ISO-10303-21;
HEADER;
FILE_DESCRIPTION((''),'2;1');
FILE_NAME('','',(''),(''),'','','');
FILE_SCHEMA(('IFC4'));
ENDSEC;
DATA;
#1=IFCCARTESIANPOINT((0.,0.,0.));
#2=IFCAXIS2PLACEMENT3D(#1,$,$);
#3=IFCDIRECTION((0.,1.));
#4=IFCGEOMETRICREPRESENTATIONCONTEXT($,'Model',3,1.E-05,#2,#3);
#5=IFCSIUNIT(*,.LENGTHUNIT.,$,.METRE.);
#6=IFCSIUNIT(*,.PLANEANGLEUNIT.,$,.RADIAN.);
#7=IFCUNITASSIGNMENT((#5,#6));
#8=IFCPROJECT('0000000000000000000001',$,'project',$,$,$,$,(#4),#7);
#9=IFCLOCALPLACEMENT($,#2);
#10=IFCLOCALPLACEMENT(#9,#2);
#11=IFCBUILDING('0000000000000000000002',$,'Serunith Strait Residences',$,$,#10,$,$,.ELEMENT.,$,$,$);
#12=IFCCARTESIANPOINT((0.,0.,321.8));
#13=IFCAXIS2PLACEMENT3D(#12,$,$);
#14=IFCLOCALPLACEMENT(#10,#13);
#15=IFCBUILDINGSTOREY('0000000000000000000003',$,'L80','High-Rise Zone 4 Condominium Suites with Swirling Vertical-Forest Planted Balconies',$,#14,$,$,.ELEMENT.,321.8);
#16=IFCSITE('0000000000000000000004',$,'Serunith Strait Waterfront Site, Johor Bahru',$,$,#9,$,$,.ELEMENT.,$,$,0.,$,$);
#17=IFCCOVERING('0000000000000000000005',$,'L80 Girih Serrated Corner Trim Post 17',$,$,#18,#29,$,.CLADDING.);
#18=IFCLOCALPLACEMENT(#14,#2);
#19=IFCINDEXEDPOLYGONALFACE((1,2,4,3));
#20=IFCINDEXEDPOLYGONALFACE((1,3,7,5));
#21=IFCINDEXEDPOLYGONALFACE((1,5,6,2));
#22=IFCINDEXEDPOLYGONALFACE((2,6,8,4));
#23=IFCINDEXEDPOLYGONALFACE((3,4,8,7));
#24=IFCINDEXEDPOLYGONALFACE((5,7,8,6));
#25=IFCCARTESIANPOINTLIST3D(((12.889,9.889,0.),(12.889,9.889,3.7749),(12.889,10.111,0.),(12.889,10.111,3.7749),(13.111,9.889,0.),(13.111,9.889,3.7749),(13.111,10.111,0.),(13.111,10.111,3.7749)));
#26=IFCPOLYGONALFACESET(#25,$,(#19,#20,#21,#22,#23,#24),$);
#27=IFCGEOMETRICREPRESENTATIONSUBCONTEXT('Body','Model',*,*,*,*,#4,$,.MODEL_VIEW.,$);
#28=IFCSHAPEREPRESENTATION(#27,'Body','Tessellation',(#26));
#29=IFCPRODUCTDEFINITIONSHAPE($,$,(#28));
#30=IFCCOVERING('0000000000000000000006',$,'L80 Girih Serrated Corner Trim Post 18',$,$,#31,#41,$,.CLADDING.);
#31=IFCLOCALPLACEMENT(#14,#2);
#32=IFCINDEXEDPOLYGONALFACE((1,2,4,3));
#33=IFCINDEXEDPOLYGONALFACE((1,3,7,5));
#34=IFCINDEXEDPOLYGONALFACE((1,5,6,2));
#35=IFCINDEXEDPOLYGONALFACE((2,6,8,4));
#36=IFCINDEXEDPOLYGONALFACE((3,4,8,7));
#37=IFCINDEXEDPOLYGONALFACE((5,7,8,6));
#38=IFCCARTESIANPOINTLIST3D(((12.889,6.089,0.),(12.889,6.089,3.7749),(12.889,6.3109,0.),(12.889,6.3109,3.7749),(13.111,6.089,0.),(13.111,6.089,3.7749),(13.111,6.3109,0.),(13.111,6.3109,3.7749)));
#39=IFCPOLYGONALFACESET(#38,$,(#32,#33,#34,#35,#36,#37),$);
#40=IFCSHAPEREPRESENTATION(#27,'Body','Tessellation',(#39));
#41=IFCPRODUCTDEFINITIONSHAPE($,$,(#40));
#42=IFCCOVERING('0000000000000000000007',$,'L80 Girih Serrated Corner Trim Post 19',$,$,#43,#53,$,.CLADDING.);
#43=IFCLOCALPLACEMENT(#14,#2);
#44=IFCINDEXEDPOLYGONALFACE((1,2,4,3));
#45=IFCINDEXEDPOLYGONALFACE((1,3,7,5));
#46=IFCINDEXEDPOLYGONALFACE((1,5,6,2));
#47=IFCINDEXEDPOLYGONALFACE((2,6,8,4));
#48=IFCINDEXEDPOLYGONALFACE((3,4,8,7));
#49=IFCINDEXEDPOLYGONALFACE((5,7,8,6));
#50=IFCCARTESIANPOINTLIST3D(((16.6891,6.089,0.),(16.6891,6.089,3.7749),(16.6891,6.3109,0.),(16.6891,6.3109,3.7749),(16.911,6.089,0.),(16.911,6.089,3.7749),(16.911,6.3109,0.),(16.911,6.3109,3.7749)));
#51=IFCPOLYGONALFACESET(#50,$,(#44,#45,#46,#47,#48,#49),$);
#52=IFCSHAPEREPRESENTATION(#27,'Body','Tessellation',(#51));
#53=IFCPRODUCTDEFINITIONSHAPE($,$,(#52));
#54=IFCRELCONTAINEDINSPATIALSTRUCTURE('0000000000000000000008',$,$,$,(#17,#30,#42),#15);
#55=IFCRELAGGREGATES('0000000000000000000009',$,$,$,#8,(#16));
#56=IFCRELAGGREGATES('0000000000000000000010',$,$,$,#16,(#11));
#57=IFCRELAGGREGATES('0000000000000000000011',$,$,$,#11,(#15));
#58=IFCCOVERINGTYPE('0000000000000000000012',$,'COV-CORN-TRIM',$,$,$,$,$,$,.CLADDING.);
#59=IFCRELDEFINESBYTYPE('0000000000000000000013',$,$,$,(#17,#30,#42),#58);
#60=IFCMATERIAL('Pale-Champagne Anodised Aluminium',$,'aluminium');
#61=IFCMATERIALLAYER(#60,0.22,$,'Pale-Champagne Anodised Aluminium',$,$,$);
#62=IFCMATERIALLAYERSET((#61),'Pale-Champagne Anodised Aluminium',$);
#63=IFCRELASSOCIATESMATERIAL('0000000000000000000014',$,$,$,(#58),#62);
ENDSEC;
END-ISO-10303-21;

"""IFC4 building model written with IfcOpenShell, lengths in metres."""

from ifc_helpers import new_model, si_unit, direction, frame, origin, origin_2d, place, context, subcontext, project, spatial, rectangle, extrude, source, transform, mapped, material, layer, layer_set, type_object, element, save


model = new_model("IFC4")

# Units and contexts
model_context = context("Model", 3, precision=1e-05, world=origin(), true_north=direction((0.0, 1.0)))
body_context = subcontext(model_context, "Body", "Model", "MODEL_VIEW")
ifc_project = project(units=[si_unit("LENGTHUNIT", "METRE"), si_unit("PLANEANGLEUNIT", "RADIAN")], contexts=[model_context])

# Site, building, storey
site_placement = place(None, origin())
site = spatial("IfcSite", under=ifc_project, at=site_placement, Name="Serunith Strait Waterfront Site, Johor Bahru", CompositionType="ELEMENT", RefElevation=0.0)
building_placement = place(site_placement, origin())
building = spatial("IfcBuilding", under=site, at=building_placement, Name="Serunith Strait Residences", CompositionType="ELEMENT")
storey_placement = place(building_placement, frame((0.0, 0.0, 321.8)))
storey = spatial("IfcBuildingStorey", under=building, at=storey_placement, Name="L80", Description="High-Rise Zone 4 Condominium Suites with Swirling Vertical-Forest Planted Balconies", CompositionType="ELEMENT", Elevation=321.8)

# Coverings
ifc_material_1 = material(Name="Pale-Champagne Anodised Aluminium", Category="aluminium")
ifc_layer_1 = layer(ifc_material_1, 0.22, Name="Pale-Champagne Anodised Aluminium")
ifc_layer_set_1 = layer_set([ifc_layer_1], Name="Pale-Champagne Anodised Aluminium")
covering_type_1 = type_object("IfcCoveringType", Name="COV-CORN-TRIM", PredefinedType="CLADDING", material=ifc_layer_set_1)
shared_shape_1 = source(origin(), body_context, "Body", "SweptSolid", [
    extrude(rectangle(XDim=0.2219, YDim=0.2219, at=origin_2d()), origin(), (0.0, 0.0, 1.0), 3.7749),
])
for number, where, z_axis, x_axis, name in (
    (1, (13.0, 10.0, 0.0), (0.0, 0.0, 1.0), (1.0, 0.0, 0.0), "L80 Girih Serrated Corner Trim Post 17"),
    (2, (13.0, 6.2, 0.0), (0.0, 0.0, 1.0), (1.0, 0.0, 0.0), "L80 Girih Serrated Corner Trim Post 18"),
    (3, (16.8, 6.2, 0.0), (0.0, 0.0, 1.0), (1.0, 0.0, 0.0), "L80 Girih Serrated Corner Trim Post 19"),
):
    element("IfcCovering", number, at=place(storey_placement, frame(where, z_axis=z_axis, x_axis=x_axis)), inside=storey, type_object=covering_type_1, Name=name, PredefinedType="CLADDING", context=body_context, shape_type="MappedRepresentation", body=[
        mapped(shared_shape_1, transform((0.0, 0.0, 0.0), scale=1.0)),
    ])

save(model, "model.ifc")
